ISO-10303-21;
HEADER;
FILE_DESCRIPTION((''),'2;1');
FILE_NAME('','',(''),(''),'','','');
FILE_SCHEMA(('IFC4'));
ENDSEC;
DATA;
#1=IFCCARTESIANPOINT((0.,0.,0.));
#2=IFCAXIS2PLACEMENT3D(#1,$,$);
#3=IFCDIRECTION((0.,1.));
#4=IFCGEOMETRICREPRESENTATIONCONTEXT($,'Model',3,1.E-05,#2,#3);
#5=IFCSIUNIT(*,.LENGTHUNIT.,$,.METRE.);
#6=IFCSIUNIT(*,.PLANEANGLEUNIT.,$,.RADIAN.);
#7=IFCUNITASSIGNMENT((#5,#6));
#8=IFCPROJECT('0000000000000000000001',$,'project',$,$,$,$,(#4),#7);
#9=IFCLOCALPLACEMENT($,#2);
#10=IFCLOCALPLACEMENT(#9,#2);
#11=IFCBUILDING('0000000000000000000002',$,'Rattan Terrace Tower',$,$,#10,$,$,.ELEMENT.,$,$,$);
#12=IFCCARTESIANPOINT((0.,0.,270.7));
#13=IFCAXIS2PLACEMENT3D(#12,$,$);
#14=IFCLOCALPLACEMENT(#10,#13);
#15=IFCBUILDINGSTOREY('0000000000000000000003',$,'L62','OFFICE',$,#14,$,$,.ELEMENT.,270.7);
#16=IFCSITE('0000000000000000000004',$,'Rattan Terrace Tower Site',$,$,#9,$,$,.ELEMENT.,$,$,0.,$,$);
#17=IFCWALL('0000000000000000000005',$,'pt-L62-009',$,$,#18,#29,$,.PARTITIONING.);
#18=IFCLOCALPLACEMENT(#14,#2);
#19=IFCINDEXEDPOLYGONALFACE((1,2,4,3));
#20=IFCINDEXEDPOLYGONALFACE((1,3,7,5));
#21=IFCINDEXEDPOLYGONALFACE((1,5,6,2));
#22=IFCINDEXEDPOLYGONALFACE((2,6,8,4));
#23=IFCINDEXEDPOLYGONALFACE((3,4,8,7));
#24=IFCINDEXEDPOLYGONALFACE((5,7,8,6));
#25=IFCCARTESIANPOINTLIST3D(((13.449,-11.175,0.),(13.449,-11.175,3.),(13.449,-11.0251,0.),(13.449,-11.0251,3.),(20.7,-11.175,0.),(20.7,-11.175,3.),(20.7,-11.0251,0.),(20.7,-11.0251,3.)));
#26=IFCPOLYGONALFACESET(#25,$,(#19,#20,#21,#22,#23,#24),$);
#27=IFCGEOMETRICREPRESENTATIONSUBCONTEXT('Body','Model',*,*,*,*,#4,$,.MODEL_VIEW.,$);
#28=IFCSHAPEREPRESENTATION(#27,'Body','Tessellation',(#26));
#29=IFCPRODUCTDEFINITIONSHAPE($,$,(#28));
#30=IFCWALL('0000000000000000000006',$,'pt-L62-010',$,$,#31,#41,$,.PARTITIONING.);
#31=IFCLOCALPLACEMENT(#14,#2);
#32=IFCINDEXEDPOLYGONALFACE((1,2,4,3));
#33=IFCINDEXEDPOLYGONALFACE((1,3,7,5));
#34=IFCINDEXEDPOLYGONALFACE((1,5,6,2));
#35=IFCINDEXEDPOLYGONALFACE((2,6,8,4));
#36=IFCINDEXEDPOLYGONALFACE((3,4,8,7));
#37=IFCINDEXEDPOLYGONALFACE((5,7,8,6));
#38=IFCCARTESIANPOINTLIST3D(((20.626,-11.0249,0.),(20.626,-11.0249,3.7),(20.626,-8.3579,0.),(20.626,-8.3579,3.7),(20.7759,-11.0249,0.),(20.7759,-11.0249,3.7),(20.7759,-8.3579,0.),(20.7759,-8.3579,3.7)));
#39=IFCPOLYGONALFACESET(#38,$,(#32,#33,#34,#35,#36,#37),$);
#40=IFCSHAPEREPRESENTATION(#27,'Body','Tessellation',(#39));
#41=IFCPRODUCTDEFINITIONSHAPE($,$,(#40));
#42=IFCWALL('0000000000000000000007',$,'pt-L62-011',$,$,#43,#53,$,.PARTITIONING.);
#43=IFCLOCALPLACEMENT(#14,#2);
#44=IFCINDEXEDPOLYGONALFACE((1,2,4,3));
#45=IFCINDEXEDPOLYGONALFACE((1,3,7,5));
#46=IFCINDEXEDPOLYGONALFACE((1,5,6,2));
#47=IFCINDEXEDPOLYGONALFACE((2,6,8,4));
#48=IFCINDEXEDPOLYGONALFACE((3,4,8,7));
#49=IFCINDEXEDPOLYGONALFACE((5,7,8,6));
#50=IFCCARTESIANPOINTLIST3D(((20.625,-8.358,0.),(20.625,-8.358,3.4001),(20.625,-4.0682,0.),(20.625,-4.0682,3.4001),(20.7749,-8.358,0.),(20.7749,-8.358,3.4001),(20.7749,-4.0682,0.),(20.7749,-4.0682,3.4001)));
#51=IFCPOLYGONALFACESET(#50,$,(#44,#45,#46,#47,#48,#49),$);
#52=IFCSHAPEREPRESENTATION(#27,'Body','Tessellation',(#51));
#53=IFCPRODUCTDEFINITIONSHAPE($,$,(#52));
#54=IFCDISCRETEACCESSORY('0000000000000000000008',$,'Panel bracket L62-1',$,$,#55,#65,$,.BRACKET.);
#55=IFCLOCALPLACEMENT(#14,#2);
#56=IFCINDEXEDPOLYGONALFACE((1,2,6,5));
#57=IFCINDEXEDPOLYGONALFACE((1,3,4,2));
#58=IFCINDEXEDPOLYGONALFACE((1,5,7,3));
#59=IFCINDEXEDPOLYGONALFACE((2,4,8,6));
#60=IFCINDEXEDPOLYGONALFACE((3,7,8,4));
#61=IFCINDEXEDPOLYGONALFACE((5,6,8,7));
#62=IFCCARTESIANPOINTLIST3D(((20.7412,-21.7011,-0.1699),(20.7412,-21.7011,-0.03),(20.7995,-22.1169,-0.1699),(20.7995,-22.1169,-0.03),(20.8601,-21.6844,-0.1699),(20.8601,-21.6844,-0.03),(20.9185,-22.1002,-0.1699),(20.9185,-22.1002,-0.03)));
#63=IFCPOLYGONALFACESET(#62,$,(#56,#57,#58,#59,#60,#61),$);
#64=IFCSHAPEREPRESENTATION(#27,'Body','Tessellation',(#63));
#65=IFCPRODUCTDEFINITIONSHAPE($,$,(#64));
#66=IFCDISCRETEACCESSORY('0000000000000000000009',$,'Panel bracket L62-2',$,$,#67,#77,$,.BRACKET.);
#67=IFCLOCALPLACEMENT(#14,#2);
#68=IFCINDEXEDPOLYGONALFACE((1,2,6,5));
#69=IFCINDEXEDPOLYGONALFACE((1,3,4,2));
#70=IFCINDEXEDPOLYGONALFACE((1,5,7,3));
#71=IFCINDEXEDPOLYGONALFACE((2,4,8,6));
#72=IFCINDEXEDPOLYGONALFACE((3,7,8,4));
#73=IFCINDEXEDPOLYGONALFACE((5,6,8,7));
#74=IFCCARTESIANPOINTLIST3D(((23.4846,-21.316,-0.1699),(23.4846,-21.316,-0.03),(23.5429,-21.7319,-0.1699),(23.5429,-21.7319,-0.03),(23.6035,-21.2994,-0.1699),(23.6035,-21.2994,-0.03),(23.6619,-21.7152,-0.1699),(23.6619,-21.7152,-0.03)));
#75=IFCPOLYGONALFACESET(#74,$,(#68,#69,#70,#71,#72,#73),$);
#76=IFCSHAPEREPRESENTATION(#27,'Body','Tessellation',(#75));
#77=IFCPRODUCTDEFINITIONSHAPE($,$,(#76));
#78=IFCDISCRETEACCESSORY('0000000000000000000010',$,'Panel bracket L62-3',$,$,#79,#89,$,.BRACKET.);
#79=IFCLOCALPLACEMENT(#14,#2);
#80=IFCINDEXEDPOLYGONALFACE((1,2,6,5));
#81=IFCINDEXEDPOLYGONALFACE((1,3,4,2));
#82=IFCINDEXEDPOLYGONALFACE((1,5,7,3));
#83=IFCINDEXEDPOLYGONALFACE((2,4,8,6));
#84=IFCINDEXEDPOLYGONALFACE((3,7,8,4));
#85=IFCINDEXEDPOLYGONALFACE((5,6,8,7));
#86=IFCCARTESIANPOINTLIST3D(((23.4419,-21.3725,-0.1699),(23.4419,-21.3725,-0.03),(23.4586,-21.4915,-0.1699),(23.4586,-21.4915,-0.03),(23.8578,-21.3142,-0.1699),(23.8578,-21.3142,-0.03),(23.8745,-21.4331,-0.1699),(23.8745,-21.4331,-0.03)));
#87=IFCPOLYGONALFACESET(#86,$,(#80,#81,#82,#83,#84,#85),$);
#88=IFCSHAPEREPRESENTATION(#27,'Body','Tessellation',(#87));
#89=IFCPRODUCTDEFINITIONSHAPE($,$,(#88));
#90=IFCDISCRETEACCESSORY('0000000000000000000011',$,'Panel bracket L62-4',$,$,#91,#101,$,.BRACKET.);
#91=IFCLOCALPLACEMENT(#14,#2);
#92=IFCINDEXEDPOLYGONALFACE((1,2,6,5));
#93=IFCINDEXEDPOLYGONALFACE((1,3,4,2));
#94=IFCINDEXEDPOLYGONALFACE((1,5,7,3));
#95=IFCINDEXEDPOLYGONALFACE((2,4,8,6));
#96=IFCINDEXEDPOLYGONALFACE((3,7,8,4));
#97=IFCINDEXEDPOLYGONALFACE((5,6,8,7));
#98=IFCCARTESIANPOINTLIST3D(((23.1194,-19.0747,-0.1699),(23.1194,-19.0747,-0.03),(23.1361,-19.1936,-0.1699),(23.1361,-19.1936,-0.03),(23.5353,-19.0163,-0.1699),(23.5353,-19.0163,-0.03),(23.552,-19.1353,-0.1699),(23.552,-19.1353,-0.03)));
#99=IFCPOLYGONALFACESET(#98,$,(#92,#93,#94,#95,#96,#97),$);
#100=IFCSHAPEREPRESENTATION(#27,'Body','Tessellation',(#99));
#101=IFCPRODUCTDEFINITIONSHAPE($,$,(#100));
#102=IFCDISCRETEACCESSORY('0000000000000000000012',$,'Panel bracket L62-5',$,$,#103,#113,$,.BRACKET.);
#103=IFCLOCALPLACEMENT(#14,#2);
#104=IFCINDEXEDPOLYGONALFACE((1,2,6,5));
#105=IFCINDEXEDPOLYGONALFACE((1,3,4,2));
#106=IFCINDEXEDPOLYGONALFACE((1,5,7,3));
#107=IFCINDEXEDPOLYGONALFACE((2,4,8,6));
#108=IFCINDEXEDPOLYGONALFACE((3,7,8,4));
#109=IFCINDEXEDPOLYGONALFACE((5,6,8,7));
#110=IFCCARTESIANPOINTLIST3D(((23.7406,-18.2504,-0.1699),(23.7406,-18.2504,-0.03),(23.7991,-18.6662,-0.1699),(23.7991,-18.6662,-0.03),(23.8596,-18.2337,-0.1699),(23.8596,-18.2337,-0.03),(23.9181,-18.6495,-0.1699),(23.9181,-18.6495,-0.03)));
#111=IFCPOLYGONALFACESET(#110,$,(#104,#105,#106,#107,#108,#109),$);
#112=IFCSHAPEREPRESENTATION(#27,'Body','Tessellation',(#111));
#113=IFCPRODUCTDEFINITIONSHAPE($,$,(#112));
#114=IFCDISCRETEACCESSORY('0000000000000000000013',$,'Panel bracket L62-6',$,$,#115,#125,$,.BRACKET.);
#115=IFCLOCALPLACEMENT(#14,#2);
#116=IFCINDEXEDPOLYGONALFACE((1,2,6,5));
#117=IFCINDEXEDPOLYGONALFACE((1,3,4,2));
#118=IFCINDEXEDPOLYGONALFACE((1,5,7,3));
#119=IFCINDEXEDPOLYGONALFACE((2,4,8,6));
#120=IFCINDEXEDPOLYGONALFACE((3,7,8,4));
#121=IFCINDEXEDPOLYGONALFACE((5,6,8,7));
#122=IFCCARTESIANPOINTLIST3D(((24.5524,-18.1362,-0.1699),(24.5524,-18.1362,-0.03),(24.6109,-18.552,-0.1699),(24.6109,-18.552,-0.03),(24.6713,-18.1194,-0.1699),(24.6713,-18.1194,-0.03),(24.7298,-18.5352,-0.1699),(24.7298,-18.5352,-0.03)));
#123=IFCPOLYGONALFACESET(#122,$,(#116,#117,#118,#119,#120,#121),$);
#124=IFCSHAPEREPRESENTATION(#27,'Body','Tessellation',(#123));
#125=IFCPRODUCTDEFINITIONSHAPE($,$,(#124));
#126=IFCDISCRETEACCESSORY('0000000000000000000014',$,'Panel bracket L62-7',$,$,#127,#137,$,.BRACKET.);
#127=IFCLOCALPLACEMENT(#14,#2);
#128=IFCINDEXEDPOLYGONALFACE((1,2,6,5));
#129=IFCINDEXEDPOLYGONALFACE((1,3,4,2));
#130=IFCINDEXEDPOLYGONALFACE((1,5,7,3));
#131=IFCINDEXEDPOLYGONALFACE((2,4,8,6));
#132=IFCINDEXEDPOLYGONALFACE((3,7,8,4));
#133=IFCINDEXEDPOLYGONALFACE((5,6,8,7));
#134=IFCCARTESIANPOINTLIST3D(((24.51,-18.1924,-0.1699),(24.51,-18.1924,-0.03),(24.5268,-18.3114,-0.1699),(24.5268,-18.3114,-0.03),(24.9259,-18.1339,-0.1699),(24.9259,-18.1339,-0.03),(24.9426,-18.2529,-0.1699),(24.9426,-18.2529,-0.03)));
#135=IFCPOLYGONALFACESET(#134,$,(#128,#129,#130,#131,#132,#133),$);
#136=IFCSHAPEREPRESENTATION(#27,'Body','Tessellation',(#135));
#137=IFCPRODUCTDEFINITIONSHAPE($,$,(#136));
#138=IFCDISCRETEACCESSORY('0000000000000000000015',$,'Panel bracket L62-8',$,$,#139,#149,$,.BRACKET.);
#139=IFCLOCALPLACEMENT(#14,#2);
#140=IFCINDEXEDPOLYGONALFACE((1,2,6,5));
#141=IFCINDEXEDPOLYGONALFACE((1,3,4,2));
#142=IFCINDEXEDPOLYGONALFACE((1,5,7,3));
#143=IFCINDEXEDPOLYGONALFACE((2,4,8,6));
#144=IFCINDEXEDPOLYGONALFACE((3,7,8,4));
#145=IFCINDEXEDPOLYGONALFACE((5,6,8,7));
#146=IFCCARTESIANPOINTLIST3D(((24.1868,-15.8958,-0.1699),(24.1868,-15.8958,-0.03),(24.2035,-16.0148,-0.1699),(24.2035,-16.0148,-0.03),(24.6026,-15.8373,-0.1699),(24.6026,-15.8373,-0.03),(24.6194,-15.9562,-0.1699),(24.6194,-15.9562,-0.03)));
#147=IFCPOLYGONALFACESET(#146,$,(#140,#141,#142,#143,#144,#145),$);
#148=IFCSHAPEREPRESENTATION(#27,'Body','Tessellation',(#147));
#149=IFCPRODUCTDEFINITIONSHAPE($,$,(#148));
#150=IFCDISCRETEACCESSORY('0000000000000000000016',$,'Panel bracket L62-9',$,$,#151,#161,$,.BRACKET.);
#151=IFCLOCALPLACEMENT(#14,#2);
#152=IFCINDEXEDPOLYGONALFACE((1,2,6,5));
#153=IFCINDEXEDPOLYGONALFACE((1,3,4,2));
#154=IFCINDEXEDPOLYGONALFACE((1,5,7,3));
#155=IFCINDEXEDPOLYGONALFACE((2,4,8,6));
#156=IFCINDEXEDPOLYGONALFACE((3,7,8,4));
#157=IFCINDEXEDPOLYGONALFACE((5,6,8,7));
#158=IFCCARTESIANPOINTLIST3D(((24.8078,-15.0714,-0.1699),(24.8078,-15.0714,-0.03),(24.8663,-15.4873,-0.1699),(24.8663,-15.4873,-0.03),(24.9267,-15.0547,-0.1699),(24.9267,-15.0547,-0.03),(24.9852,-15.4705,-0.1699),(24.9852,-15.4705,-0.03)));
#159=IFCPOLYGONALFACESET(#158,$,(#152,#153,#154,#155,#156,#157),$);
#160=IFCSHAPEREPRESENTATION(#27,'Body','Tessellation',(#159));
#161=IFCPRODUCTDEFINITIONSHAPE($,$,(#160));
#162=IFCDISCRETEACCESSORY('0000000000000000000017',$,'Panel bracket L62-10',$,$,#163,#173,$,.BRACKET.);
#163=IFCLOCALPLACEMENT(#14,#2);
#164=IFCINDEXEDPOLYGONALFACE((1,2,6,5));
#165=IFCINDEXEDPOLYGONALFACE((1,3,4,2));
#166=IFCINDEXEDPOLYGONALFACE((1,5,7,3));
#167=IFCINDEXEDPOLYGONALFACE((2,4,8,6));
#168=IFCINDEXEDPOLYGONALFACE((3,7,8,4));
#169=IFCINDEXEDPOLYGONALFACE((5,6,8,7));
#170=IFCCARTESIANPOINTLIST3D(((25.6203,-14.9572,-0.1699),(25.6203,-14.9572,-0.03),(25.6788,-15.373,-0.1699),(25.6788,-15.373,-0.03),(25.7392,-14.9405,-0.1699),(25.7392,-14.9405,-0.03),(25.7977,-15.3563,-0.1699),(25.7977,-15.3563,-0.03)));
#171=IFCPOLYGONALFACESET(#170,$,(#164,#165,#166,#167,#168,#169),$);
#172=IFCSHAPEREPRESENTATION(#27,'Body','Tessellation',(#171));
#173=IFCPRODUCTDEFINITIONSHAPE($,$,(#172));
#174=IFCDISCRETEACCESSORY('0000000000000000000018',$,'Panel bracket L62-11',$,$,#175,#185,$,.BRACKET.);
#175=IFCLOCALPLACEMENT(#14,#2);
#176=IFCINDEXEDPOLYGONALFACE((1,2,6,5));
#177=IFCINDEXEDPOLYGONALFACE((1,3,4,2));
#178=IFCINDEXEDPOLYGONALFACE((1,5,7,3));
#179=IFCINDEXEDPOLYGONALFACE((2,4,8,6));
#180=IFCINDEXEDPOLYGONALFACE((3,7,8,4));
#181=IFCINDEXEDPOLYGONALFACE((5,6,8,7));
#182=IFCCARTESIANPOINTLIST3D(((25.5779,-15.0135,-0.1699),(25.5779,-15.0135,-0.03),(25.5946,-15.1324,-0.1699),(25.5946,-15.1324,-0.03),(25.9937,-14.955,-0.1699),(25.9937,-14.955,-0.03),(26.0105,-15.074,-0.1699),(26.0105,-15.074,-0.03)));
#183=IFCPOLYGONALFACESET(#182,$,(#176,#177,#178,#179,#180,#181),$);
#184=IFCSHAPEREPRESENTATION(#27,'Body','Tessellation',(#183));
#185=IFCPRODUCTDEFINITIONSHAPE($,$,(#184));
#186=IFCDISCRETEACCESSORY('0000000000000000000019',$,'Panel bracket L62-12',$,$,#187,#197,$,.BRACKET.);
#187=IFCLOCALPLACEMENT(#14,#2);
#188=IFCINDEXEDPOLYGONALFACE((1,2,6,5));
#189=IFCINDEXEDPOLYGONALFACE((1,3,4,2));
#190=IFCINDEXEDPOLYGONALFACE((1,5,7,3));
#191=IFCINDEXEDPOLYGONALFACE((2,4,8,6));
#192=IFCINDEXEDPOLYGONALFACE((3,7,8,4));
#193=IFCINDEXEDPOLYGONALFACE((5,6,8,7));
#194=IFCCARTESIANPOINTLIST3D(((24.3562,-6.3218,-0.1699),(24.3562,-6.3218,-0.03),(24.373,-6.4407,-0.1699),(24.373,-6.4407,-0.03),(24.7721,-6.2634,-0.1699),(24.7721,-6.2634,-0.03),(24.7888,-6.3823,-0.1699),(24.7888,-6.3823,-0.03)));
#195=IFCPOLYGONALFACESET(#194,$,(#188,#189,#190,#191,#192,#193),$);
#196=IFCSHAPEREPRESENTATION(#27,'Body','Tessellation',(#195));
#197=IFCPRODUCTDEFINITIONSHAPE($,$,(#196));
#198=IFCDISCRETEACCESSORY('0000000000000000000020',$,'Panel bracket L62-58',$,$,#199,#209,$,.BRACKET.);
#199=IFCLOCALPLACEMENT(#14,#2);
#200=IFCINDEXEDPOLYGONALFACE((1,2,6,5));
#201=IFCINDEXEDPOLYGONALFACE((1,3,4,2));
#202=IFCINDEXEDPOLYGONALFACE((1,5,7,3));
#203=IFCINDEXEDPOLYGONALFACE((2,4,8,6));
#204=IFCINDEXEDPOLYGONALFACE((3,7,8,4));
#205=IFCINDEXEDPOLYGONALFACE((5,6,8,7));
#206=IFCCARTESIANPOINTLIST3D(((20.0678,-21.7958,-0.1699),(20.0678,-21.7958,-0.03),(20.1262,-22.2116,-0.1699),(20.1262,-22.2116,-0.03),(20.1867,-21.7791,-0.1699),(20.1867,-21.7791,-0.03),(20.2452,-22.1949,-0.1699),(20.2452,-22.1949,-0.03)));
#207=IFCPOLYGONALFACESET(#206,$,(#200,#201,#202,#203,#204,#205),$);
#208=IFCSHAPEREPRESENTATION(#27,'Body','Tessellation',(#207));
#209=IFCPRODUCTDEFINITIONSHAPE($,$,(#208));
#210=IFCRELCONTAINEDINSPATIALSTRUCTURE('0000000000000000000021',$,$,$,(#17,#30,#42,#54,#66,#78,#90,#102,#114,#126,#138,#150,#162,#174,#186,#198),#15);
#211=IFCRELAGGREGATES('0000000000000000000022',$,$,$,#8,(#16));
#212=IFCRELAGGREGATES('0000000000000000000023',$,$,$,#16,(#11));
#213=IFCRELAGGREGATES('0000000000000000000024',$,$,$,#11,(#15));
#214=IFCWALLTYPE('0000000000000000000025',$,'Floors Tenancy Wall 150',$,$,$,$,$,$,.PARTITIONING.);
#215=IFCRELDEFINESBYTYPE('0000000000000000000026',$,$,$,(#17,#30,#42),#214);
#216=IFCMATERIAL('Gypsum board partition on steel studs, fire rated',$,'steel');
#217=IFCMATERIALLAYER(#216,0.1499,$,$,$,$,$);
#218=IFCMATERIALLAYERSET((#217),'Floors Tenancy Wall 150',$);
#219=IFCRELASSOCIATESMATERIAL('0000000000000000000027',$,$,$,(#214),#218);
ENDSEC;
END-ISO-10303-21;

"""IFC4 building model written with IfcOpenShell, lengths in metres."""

from ifc_helpers import new_model, si_unit, direction, frame, frame_2d, origin, origin_2d, place, context, subcontext, project, spatial, rectangle, extrude, material, layer, layer_set, type_object, element, save


model = new_model("IFC4")

# Units and contexts
model_context = context("Model", 3, precision=1e-05, world=origin(), true_north=direction((0.0, 1.0)))
body_context = subcontext(model_context, "Body", "Model", "MODEL_VIEW")
ifc_project = project(units=[si_unit("LENGTHUNIT", "METRE"), si_unit("PLANEANGLEUNIT", "RADIAN")], contexts=[model_context])

# Site, building, storey
site_placement = place(None, origin())
site = spatial("IfcSite", under=ifc_project, at=site_placement, Name="Rattan Terrace Tower Site", CompositionType="ELEMENT", RefElevation=0.0)
building_placement = place(site_placement, origin())
building = spatial("IfcBuilding", under=site, at=building_placement, Name="Rattan Terrace Tower", CompositionType="ELEMENT")
storey_placement = place(building_placement, frame((0.0, 0.0, 270.7)))
storey = spatial("IfcBuildingStorey", under=building, at=storey_placement, Name="L62", Description="OFFICE", CompositionType="ELEMENT", Elevation=270.7)

# Walls
ifc_material_1 = material(Name="Gypsum board partition on steel studs, fire rated", Category="steel")
ifc_layer_1 = layer(ifc_material_1, 0.1499)
ifc_layer_set_1 = layer_set([ifc_layer_1], Name="Floors Tenancy Wall 150")
wall_type_1 = type_object("IfcWallType", Name="Floors Tenancy Wall 150", PredefinedType="PARTITIONING", material=ifc_layer_set_1)
wall_1_placement = place(storey_placement, frame((20.7, -11.1001, 0.0), z_axis=(0.0, 0.0, 1.0), x_axis=(-1.0, 0.0, 0.0)))
element("IfcWall", 1, at=wall_1_placement, inside=storey, type_object=wall_type_1, Name="pt-L62-009", PredefinedType="PARTITIONING", context=body_context, shape_type="SweptSolid", body=[
    extrude(rectangle(XDim=7.251, YDim=0.1499, at=frame_2d((3.6255, 0.0))), origin(), (0.0, 0.0, 1.0), 3.0),
])
wall_2_placement = place(storey_placement, frame((20.7009, -8.3579, 0.0), z_axis=(0.0, 0.0, 1.0), x_axis=(0.0, -1.0, 0.0)))
element("IfcWall", 2, at=wall_2_placement, inside=storey, type_object=wall_type_1, Name="pt-L62-010", PredefinedType="PARTITIONING", context=body_context, shape_type="SweptSolid", body=[
    extrude(rectangle(XDim=2.667, YDim=0.1499, at=frame_2d((1.3335, 0.0))), origin(), (0.0, 0.0, 1.0), 3.7),
])
wall_3_placement = place(storey_placement, frame((20.7, -4.0681, 0.0), z_axis=(0.0, 0.0, 1.0), x_axis=(0.0, -1.0, 0.0)))
element("IfcWall", 3, at=wall_3_placement, inside=storey, type_object=wall_type_1, Name="pt-L62-011", PredefinedType="PARTITIONING", context=body_context, shape_type="SweptSolid", body=[
    extrude(rectangle(XDim=4.2898, YDim=0.1499, at=frame_2d((2.145, 0.0))), origin(), (0.0, 0.0, 1.0), 3.4001),
])

# Discrete accessories
for number, where, z_axis, x_axis, name in (
    (4, (20.8298, -21.9006, -0.1699), (0.0, 0.0, 1.0), (0.990293, 0.138994, 0.0), "Panel bracket L62-1"),
    (5, (23.5732, -21.5156, -0.1699), (0.0, 0.0, 1.0), (0.990293, 0.138994, 0.0), "Panel bracket L62-2"),
    (6, (23.6582, -21.4028, -0.1699), (0.0, 0.0, 1.0), (-0.138994, 0.990293, 0.0), "Panel bracket L62-3"),
    (7, (23.3357, -19.105, -0.1699), (0.0, 0.0, 1.0), (-0.138994, 0.990293, 0.0), "Panel bracket L62-4"),
    (8, (23.8293, -18.45, -0.1699), (0.0, 0.0, 1.0), (0.990241, 0.139367, 0.0), "Panel bracket L62-5"),
    (9, (24.6411, -18.3357, -0.1699), (0.0, 0.0, 1.0), (0.990241, 0.139367, 0.0), "Panel bracket L62-6"),
    (10, (24.7263, -18.2227, -0.1699), (0.0, 0.0, 1.0), (-0.139367, 0.990241, 0.0), "Panel bracket L62-7"),
    (11, (24.4031, -15.926, -0.1699), (0.0, 0.0, 1.0), (-0.139367, 0.990241, 0.0), "Panel bracket L62-8"),
    (12, (24.8965, -15.271, -0.1699), (0.0, 0.0, 1.0), (0.990254, 0.139275, 0.0), "Panel bracket L62-9"),
    (13, (25.709, -15.1567, -0.1699), (0.0, 0.0, 1.0), (0.990254, 0.139275, 0.0), "Panel bracket L62-10"),
    (14, (25.7942, -15.0437, -0.1699), (0.0, 0.0, 1.0), (-0.139192, 0.990265, 0.0), "Panel bracket L62-11"),
    (15, (24.5725, -6.3521, -0.1699), (0.0, 0.0, 1.0), (-0.139192, 0.990265, 0.0), "Panel bracket L62-12"),
    (16, (20.1565, -21.9954, -0.1699), (0.0, 0.0, 1.0), (0.990266, 0.139189, 0.0), "Panel bracket L62-58"),
):
    element("IfcDiscreteAccessory", number, at=place(storey_placement, frame(where, z_axis=z_axis, x_axis=x_axis)), inside=storey, Name=name, PredefinedType="BRACKET", context=body_context, shape_type="SweptSolid", body=[
        extrude(rectangle(XDim=0.1201, YDim=0.4199, at=origin_2d()), origin(), (0.0, 0.0, 1.0), 0.1399),
    ])

save(model, "model.ifc")
